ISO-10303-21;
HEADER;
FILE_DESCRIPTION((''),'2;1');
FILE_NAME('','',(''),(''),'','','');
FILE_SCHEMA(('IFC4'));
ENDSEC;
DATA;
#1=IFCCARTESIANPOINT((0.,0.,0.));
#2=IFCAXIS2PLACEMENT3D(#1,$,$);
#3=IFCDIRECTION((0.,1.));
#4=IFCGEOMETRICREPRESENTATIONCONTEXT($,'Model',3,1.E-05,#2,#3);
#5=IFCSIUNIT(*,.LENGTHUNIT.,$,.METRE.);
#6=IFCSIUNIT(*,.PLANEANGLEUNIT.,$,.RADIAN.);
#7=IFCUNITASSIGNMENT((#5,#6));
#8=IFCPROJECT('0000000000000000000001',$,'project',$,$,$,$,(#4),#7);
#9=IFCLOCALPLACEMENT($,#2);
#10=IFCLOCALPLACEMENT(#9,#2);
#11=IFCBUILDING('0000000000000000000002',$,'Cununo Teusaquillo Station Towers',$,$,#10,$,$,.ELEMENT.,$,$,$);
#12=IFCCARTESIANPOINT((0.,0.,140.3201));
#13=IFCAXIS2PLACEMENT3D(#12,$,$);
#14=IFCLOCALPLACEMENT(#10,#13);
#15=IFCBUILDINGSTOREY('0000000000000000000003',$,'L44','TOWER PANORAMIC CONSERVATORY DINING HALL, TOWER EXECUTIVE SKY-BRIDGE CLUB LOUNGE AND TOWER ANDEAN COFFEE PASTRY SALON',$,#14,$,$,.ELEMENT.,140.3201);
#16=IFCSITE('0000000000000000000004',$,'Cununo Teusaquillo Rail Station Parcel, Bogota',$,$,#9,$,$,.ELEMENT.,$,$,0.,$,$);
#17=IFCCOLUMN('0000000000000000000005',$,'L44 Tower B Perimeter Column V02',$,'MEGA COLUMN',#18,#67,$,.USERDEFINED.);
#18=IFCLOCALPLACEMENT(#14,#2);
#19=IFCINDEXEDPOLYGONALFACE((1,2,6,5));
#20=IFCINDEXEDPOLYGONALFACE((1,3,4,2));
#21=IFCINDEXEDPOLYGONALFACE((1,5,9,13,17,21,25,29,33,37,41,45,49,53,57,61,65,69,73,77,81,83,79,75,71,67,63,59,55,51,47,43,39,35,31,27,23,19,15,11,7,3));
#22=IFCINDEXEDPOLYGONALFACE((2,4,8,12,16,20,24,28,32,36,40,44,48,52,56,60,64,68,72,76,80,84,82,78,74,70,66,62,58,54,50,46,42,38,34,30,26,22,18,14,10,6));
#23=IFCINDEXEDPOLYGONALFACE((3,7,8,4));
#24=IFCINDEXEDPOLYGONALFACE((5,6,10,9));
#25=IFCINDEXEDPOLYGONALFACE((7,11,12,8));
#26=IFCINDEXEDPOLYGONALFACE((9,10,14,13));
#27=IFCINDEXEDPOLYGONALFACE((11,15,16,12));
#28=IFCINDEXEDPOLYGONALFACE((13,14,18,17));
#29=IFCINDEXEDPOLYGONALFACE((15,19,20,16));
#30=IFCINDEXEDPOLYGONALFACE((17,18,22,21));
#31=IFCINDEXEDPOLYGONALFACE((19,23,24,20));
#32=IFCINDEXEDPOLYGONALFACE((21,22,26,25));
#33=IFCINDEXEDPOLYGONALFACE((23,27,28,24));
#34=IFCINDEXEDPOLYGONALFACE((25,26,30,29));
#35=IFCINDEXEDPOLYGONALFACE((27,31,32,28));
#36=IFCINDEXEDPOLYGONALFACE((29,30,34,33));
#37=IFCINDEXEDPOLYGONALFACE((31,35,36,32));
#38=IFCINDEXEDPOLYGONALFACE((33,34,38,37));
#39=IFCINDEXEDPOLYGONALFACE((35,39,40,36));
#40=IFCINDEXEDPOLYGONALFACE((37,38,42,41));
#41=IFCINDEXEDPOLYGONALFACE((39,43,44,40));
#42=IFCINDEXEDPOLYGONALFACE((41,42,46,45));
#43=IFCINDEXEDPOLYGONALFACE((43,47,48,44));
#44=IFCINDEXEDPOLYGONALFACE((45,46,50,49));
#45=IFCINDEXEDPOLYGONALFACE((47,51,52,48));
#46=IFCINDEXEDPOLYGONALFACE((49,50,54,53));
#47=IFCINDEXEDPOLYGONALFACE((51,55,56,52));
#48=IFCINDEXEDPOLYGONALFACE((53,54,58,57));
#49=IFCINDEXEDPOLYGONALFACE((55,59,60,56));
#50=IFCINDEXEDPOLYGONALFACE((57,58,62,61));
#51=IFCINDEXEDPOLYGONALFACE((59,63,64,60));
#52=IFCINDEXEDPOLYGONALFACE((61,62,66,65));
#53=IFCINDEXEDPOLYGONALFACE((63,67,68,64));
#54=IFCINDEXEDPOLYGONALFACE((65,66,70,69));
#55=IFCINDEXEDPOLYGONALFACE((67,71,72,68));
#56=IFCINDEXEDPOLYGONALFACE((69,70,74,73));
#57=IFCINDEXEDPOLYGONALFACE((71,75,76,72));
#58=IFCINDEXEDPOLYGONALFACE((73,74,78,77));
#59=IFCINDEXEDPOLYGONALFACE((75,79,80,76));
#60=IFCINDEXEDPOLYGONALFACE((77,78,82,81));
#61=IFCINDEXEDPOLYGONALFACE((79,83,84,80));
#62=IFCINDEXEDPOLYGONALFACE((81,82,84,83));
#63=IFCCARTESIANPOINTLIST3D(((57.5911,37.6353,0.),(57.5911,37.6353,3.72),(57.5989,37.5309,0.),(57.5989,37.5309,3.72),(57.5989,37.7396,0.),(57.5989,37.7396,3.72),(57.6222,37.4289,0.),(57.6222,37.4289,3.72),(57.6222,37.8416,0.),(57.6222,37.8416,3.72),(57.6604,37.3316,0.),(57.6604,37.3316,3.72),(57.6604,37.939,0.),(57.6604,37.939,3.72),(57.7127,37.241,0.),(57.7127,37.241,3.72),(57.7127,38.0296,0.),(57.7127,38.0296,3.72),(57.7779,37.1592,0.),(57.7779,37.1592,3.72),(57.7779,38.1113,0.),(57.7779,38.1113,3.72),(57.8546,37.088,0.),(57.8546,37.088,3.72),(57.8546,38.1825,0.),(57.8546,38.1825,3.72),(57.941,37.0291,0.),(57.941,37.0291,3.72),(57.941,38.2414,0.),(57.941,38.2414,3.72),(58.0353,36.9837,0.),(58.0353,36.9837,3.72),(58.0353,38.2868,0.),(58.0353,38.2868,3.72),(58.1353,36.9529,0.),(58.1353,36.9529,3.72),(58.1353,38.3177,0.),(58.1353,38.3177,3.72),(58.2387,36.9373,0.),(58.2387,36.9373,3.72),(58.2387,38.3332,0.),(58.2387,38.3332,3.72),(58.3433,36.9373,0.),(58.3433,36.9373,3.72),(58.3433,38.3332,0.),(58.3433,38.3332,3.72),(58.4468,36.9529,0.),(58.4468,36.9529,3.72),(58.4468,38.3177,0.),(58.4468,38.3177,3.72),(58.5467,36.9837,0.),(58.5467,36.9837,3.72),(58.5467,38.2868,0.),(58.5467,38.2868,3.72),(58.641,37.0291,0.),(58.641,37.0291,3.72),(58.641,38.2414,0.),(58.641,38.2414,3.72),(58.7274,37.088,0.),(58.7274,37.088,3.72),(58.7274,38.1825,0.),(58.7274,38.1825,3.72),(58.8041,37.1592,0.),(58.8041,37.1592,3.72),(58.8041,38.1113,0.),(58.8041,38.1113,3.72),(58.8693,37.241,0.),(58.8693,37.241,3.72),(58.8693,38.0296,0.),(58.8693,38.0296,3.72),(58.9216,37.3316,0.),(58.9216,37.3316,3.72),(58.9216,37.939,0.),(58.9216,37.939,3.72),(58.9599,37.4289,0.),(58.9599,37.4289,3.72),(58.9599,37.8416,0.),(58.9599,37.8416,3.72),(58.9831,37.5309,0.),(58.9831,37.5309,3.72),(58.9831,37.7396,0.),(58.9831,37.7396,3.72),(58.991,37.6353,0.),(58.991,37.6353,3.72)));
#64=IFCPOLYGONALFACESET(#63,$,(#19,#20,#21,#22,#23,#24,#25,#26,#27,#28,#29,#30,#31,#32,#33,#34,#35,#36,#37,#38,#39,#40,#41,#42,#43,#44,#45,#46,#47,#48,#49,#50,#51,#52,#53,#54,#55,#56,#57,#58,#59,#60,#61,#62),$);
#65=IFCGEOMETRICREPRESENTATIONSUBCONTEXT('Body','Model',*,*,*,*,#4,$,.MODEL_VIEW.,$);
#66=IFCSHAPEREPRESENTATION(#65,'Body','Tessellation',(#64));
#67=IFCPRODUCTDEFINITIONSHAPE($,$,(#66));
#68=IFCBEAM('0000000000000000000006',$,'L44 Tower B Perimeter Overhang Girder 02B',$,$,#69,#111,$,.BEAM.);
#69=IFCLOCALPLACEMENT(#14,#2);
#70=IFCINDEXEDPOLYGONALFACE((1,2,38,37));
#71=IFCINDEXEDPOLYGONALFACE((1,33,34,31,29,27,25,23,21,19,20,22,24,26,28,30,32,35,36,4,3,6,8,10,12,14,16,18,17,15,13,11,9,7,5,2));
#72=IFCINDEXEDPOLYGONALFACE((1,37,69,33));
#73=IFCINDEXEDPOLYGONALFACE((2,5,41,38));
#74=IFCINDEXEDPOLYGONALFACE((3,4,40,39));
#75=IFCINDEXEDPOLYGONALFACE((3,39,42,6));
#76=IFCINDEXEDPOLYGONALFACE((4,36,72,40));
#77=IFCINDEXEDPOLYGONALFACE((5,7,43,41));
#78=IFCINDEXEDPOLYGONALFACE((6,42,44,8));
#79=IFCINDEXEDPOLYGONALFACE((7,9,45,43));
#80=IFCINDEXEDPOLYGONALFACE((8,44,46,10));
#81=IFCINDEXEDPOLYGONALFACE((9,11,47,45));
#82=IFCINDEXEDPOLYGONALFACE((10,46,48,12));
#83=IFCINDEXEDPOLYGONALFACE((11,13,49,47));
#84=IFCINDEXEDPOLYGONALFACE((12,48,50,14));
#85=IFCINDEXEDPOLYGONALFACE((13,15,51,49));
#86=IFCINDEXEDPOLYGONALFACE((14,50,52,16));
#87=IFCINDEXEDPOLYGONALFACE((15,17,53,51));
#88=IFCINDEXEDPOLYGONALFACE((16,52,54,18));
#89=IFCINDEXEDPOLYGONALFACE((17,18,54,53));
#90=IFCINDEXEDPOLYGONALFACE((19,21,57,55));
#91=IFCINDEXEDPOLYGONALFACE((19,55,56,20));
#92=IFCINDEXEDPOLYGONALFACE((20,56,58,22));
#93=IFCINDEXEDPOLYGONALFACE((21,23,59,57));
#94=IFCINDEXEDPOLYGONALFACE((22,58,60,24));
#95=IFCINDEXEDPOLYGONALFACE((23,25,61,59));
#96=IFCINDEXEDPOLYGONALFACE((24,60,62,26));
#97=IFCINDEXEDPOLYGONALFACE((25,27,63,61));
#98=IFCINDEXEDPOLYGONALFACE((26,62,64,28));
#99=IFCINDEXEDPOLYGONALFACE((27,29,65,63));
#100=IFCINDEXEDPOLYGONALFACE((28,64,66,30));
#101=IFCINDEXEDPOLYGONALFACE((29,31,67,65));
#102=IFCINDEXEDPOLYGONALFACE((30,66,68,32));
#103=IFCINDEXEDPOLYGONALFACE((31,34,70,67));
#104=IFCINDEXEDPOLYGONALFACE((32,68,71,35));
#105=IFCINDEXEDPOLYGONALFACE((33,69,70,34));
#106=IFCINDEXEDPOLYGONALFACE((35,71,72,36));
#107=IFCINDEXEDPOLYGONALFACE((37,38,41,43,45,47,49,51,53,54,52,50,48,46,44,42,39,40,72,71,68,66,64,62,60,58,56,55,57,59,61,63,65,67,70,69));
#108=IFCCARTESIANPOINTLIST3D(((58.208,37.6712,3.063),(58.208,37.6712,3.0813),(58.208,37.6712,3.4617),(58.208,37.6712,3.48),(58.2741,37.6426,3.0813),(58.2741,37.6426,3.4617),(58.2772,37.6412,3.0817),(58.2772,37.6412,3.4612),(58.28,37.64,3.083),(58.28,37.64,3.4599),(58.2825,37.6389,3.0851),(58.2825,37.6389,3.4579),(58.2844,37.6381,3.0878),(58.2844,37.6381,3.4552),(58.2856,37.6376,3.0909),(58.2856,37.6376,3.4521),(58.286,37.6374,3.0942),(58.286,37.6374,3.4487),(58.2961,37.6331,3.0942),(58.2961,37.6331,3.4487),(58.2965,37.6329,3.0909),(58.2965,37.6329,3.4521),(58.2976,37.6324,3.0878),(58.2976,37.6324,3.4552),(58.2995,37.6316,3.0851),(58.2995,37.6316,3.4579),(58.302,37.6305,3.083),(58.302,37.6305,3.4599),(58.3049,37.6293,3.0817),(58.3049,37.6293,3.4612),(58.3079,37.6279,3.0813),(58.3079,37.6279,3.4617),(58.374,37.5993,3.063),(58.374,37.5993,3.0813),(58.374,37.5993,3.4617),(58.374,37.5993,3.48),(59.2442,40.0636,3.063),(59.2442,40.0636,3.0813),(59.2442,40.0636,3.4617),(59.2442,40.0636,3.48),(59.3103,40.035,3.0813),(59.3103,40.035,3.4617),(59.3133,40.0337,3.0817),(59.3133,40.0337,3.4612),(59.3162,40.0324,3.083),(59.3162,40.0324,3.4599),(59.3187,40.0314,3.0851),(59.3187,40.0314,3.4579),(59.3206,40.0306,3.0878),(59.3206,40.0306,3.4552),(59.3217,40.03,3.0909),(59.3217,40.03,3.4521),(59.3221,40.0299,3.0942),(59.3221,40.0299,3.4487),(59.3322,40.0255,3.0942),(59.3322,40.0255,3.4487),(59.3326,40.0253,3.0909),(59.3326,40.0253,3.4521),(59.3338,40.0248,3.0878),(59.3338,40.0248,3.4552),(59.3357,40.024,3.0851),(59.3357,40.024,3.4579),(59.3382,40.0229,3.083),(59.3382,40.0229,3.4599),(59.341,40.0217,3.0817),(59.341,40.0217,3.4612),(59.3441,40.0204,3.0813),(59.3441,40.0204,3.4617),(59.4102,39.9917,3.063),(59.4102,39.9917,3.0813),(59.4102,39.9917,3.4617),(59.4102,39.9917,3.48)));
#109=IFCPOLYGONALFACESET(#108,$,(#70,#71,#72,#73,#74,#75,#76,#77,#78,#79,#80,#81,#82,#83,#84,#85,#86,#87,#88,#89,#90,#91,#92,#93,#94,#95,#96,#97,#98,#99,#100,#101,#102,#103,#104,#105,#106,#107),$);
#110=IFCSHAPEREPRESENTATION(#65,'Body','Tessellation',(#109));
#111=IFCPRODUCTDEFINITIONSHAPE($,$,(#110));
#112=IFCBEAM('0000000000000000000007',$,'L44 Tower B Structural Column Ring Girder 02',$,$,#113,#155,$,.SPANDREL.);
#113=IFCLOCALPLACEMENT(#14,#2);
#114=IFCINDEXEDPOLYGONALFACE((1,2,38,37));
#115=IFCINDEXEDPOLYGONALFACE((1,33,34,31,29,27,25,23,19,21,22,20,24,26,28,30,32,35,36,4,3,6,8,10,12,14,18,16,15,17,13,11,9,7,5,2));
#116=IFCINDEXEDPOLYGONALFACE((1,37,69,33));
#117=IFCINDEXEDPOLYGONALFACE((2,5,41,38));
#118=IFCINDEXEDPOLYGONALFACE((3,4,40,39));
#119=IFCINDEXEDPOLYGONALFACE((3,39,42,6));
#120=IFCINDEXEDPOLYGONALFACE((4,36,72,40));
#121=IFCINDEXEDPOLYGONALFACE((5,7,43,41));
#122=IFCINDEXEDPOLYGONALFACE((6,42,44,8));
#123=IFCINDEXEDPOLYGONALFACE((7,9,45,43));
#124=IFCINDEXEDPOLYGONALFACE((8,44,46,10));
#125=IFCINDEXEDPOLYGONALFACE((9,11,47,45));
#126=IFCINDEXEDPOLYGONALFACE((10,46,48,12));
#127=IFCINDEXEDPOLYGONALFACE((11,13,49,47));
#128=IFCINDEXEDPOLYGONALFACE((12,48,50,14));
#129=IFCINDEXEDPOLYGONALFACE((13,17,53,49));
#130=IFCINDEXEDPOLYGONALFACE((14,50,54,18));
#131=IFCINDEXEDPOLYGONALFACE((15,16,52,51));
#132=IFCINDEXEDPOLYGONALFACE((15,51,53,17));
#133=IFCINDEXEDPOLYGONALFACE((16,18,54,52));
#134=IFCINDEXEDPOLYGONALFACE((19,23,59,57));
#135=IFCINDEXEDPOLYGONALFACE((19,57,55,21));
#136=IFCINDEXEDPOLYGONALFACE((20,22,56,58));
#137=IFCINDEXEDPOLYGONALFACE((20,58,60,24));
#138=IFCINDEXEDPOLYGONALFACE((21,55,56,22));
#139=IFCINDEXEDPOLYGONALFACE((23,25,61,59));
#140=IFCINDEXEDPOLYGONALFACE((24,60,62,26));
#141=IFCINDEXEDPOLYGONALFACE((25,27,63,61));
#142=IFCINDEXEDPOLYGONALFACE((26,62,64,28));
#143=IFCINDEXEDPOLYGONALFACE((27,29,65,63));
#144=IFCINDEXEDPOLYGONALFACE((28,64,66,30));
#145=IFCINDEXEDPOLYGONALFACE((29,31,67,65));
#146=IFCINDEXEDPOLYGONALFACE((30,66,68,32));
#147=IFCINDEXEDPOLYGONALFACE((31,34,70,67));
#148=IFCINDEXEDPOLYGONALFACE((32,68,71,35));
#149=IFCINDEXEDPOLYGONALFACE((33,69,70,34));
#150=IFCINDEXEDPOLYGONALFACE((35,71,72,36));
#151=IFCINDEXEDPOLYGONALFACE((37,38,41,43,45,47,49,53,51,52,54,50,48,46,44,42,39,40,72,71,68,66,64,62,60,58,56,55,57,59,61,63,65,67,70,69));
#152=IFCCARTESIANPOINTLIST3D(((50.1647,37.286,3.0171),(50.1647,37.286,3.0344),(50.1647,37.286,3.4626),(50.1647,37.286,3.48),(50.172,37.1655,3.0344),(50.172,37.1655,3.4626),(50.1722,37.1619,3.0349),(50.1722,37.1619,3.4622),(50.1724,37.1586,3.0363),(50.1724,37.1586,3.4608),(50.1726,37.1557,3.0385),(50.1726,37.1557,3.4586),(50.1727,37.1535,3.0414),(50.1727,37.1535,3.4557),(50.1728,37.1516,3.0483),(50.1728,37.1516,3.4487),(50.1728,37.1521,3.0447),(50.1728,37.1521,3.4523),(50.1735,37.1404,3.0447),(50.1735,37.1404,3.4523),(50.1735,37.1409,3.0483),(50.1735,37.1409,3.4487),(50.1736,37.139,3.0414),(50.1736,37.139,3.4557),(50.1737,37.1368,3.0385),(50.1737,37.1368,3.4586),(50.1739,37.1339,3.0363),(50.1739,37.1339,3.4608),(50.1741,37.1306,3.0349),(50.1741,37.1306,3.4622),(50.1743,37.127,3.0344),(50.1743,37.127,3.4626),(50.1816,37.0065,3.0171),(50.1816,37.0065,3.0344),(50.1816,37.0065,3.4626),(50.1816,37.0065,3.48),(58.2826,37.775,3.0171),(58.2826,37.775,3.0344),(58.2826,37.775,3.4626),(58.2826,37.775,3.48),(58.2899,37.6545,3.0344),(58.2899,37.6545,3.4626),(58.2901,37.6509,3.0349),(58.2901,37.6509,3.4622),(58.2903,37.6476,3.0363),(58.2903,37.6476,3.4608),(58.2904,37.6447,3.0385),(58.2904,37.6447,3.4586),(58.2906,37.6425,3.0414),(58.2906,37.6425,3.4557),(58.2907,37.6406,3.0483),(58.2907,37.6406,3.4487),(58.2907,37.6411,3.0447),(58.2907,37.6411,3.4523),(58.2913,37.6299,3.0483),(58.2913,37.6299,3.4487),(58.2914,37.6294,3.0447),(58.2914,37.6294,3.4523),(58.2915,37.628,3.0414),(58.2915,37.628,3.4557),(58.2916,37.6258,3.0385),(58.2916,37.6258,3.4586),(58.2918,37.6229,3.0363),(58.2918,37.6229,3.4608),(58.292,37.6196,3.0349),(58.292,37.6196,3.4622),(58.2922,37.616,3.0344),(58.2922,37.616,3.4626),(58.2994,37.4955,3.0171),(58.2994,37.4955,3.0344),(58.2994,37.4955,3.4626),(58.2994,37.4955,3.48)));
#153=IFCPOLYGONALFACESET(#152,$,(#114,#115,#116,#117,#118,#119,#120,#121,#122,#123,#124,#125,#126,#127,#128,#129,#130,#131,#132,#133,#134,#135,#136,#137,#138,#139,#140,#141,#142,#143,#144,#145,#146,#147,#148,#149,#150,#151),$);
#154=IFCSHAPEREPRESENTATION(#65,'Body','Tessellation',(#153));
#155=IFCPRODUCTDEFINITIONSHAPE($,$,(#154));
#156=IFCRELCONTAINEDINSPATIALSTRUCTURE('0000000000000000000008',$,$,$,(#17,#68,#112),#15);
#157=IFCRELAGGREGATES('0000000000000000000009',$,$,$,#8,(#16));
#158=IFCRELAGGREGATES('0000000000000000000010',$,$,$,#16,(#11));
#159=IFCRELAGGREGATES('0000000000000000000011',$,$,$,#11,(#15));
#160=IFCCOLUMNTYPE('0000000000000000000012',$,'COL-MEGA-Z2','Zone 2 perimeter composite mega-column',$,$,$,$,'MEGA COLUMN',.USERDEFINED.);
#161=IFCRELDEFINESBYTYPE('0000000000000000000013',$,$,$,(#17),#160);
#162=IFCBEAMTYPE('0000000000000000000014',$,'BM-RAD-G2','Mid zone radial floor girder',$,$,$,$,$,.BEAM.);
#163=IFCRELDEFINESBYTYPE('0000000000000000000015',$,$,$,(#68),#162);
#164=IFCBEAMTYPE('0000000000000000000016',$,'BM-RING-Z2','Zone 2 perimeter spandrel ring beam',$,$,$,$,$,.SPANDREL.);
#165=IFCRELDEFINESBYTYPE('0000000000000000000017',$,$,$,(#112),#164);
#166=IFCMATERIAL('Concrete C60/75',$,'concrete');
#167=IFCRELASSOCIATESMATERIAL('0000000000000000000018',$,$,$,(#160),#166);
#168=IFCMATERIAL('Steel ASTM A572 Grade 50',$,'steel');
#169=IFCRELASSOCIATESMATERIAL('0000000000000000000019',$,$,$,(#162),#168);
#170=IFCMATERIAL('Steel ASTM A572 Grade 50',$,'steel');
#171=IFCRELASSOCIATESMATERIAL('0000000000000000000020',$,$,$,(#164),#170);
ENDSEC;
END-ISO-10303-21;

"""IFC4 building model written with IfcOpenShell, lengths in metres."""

from ifc_helpers import new_model, si_unit, direction, frame, origin, origin_2d, place, context, subcontext, project, spatial, circle, i_section, extrude, material, material_profile, profile_set, type_object, element, save


model = new_model("IFC4")

# Units and contexts
model_context = context("Model", 3, precision=1e-05, world=origin(), true_north=direction((0.0, 1.0)))
body_context = subcontext(model_context, "Body", "Model", "MODEL_VIEW")
ifc_project = project(units=[si_unit("LENGTHUNIT", "METRE"), si_unit("PLANEANGLEUNIT", "RADIAN")], contexts=[model_context])

# Site, building, storey
site_placement = place(None, origin())
site = spatial("IfcSite", under=ifc_project, at=site_placement, Name="Cununo Teusaquillo Rail Station Parcel, Bogota", CompositionType="ELEMENT", RefElevation=0.0)
building_placement = place(site_placement, origin())
building = spatial("IfcBuilding", under=site, at=building_placement, Name="Cununo Teusaquillo Station Towers", CompositionType="ELEMENT")
storey_placement = place(building_placement, frame((0.0, 0.0, 140.3201)))
storey = spatial("IfcBuildingStorey", under=building, at=storey_placement, Name="L44", Description="TOWER PANORAMIC CONSERVATORY DINING HALL, TOWER EXECUTIVE SKY-BRIDGE CLUB LOUNGE AND TOWER ANDEAN COFFEE PASTRY SALON", CompositionType="ELEMENT", Elevation=140.3201)

# Column
ifc_material_1 = material(Name="Concrete C60/75", Category="concrete")
ifc_material_profile_1 = material_profile(ifc_material_1, circle(Radius=0.7, at=origin_2d()), Name="RC-CIRC-1400")
ifc_profile_set_1 = profile_set([ifc_material_profile_1], Name="Concrete C60/75")
column_type = type_object("IfcColumnType", Name="COL-MEGA-Z2", Description="Zone 2 perimeter composite mega-column", ElementType="MEGA COLUMN", PredefinedType="USERDEFINED", material=ifc_profile_set_1)
column_placement = place(storey_placement, frame((58.291, 37.6353, 0.0), z_axis=(0.0, 0.0, 1.0), x_axis=(1.0, 0.0, 0.0)))
element("IfcColumn", 1, at=column_placement, inside=storey, type_object=column_type, Name="L44 Tower B Perimeter Column V02", ObjectType="MEGA COLUMN", PredefinedType="USERDEFINED", context=body_context, shape_type="SweptSolid", body=[
    extrude(circle(Radius=0.7, at=origin_2d()), origin(), (0.0, 0.0, 1.0), 3.72),
])

# Beams
ifc_material_2 = material(Name="Steel ASTM A572 Grade 50", Category="steel")
ifc_material_profile_2 = material_profile(ifc_material_2, i_section(OverallWidth=0.1809, OverallDepth=0.417, WebThickness=0.011, FlangeThickness=0.0183, FilletRadius=0.0129, at=origin_2d()), Name="W16X57")
ifc_profile_set_2 = profile_set([ifc_material_profile_2], Name="Steel ASTM A572 Grade 50")
beam_type_1 = type_object("IfcBeamType", Name="BM-RAD-G2", Description="Mid zone radial floor girder", PredefinedType="BEAM", material=ifc_profile_set_2)
beam_1_placement = place(storey_placement, frame((58.291, 37.6353, 3.2715), z_axis=(0.397431, 0.917632, 0.0), x_axis=(-0.917632, 0.397431, 0.0)))
element("IfcBeam", 2, at=beam_1_placement, inside=storey, type_object=beam_type_1, Name="L44 Tower B Perimeter Overhang Girder 02B", PredefinedType="BEAM", context=body_context, shape_type="SweptSolid", body=[
    extrude(i_section(OverallWidth=0.1809, OverallDepth=0.417, WebThickness=0.011, FlangeThickness=0.0183, FilletRadius=0.0129, at=origin_2d()), origin(), (0.0, 0.0, 1.0), 2.6072),
])
ifc_material_3 = material(Name="Steel ASTM A572 Grade 50", Category="steel")
ifc_material_profile_3 = material_profile(ifc_material_3, i_section(OverallWidth=0.28, OverallDepth=0.4629, WebThickness=0.0107, FlangeThickness=0.0173, FilletRadius=0.0139, at=origin_2d()), Name="W18X76")
ifc_profile_set_3 = profile_set([ifc_material_profile_3], Name="Steel ASTM A572 Grade 50")
beam_type_2 = type_object("IfcBeamType", Name="BM-RING-Z2", Description="Zone 2 perimeter spandrel ring beam", PredefinedType="SPANDREL", material=ifc_profile_set_3)
beam_2_placement = place(storey_placement, frame((58.291, 37.6353, 3.2485), z_axis=(-0.998191, -0.06013, 0.0), x_axis=(0.06013, -0.998191, 0.0)))
element("IfcBeam", 3, at=beam_2_placement, inside=storey, type_object=beam_type_2, Name="L44 Tower B Structural Column Ring Girder 02", PredefinedType="SPANDREL", context=body_context, shape_type="SweptSolid", body=[
    extrude(i_section(OverallWidth=0.28, OverallDepth=0.4629, WebThickness=0.0107, FlangeThickness=0.0173, FilletRadius=0.0139, at=origin_2d()), origin(), (0.0, 0.0, 1.0), 8.1326),
])

save(model, "model.ifc")
